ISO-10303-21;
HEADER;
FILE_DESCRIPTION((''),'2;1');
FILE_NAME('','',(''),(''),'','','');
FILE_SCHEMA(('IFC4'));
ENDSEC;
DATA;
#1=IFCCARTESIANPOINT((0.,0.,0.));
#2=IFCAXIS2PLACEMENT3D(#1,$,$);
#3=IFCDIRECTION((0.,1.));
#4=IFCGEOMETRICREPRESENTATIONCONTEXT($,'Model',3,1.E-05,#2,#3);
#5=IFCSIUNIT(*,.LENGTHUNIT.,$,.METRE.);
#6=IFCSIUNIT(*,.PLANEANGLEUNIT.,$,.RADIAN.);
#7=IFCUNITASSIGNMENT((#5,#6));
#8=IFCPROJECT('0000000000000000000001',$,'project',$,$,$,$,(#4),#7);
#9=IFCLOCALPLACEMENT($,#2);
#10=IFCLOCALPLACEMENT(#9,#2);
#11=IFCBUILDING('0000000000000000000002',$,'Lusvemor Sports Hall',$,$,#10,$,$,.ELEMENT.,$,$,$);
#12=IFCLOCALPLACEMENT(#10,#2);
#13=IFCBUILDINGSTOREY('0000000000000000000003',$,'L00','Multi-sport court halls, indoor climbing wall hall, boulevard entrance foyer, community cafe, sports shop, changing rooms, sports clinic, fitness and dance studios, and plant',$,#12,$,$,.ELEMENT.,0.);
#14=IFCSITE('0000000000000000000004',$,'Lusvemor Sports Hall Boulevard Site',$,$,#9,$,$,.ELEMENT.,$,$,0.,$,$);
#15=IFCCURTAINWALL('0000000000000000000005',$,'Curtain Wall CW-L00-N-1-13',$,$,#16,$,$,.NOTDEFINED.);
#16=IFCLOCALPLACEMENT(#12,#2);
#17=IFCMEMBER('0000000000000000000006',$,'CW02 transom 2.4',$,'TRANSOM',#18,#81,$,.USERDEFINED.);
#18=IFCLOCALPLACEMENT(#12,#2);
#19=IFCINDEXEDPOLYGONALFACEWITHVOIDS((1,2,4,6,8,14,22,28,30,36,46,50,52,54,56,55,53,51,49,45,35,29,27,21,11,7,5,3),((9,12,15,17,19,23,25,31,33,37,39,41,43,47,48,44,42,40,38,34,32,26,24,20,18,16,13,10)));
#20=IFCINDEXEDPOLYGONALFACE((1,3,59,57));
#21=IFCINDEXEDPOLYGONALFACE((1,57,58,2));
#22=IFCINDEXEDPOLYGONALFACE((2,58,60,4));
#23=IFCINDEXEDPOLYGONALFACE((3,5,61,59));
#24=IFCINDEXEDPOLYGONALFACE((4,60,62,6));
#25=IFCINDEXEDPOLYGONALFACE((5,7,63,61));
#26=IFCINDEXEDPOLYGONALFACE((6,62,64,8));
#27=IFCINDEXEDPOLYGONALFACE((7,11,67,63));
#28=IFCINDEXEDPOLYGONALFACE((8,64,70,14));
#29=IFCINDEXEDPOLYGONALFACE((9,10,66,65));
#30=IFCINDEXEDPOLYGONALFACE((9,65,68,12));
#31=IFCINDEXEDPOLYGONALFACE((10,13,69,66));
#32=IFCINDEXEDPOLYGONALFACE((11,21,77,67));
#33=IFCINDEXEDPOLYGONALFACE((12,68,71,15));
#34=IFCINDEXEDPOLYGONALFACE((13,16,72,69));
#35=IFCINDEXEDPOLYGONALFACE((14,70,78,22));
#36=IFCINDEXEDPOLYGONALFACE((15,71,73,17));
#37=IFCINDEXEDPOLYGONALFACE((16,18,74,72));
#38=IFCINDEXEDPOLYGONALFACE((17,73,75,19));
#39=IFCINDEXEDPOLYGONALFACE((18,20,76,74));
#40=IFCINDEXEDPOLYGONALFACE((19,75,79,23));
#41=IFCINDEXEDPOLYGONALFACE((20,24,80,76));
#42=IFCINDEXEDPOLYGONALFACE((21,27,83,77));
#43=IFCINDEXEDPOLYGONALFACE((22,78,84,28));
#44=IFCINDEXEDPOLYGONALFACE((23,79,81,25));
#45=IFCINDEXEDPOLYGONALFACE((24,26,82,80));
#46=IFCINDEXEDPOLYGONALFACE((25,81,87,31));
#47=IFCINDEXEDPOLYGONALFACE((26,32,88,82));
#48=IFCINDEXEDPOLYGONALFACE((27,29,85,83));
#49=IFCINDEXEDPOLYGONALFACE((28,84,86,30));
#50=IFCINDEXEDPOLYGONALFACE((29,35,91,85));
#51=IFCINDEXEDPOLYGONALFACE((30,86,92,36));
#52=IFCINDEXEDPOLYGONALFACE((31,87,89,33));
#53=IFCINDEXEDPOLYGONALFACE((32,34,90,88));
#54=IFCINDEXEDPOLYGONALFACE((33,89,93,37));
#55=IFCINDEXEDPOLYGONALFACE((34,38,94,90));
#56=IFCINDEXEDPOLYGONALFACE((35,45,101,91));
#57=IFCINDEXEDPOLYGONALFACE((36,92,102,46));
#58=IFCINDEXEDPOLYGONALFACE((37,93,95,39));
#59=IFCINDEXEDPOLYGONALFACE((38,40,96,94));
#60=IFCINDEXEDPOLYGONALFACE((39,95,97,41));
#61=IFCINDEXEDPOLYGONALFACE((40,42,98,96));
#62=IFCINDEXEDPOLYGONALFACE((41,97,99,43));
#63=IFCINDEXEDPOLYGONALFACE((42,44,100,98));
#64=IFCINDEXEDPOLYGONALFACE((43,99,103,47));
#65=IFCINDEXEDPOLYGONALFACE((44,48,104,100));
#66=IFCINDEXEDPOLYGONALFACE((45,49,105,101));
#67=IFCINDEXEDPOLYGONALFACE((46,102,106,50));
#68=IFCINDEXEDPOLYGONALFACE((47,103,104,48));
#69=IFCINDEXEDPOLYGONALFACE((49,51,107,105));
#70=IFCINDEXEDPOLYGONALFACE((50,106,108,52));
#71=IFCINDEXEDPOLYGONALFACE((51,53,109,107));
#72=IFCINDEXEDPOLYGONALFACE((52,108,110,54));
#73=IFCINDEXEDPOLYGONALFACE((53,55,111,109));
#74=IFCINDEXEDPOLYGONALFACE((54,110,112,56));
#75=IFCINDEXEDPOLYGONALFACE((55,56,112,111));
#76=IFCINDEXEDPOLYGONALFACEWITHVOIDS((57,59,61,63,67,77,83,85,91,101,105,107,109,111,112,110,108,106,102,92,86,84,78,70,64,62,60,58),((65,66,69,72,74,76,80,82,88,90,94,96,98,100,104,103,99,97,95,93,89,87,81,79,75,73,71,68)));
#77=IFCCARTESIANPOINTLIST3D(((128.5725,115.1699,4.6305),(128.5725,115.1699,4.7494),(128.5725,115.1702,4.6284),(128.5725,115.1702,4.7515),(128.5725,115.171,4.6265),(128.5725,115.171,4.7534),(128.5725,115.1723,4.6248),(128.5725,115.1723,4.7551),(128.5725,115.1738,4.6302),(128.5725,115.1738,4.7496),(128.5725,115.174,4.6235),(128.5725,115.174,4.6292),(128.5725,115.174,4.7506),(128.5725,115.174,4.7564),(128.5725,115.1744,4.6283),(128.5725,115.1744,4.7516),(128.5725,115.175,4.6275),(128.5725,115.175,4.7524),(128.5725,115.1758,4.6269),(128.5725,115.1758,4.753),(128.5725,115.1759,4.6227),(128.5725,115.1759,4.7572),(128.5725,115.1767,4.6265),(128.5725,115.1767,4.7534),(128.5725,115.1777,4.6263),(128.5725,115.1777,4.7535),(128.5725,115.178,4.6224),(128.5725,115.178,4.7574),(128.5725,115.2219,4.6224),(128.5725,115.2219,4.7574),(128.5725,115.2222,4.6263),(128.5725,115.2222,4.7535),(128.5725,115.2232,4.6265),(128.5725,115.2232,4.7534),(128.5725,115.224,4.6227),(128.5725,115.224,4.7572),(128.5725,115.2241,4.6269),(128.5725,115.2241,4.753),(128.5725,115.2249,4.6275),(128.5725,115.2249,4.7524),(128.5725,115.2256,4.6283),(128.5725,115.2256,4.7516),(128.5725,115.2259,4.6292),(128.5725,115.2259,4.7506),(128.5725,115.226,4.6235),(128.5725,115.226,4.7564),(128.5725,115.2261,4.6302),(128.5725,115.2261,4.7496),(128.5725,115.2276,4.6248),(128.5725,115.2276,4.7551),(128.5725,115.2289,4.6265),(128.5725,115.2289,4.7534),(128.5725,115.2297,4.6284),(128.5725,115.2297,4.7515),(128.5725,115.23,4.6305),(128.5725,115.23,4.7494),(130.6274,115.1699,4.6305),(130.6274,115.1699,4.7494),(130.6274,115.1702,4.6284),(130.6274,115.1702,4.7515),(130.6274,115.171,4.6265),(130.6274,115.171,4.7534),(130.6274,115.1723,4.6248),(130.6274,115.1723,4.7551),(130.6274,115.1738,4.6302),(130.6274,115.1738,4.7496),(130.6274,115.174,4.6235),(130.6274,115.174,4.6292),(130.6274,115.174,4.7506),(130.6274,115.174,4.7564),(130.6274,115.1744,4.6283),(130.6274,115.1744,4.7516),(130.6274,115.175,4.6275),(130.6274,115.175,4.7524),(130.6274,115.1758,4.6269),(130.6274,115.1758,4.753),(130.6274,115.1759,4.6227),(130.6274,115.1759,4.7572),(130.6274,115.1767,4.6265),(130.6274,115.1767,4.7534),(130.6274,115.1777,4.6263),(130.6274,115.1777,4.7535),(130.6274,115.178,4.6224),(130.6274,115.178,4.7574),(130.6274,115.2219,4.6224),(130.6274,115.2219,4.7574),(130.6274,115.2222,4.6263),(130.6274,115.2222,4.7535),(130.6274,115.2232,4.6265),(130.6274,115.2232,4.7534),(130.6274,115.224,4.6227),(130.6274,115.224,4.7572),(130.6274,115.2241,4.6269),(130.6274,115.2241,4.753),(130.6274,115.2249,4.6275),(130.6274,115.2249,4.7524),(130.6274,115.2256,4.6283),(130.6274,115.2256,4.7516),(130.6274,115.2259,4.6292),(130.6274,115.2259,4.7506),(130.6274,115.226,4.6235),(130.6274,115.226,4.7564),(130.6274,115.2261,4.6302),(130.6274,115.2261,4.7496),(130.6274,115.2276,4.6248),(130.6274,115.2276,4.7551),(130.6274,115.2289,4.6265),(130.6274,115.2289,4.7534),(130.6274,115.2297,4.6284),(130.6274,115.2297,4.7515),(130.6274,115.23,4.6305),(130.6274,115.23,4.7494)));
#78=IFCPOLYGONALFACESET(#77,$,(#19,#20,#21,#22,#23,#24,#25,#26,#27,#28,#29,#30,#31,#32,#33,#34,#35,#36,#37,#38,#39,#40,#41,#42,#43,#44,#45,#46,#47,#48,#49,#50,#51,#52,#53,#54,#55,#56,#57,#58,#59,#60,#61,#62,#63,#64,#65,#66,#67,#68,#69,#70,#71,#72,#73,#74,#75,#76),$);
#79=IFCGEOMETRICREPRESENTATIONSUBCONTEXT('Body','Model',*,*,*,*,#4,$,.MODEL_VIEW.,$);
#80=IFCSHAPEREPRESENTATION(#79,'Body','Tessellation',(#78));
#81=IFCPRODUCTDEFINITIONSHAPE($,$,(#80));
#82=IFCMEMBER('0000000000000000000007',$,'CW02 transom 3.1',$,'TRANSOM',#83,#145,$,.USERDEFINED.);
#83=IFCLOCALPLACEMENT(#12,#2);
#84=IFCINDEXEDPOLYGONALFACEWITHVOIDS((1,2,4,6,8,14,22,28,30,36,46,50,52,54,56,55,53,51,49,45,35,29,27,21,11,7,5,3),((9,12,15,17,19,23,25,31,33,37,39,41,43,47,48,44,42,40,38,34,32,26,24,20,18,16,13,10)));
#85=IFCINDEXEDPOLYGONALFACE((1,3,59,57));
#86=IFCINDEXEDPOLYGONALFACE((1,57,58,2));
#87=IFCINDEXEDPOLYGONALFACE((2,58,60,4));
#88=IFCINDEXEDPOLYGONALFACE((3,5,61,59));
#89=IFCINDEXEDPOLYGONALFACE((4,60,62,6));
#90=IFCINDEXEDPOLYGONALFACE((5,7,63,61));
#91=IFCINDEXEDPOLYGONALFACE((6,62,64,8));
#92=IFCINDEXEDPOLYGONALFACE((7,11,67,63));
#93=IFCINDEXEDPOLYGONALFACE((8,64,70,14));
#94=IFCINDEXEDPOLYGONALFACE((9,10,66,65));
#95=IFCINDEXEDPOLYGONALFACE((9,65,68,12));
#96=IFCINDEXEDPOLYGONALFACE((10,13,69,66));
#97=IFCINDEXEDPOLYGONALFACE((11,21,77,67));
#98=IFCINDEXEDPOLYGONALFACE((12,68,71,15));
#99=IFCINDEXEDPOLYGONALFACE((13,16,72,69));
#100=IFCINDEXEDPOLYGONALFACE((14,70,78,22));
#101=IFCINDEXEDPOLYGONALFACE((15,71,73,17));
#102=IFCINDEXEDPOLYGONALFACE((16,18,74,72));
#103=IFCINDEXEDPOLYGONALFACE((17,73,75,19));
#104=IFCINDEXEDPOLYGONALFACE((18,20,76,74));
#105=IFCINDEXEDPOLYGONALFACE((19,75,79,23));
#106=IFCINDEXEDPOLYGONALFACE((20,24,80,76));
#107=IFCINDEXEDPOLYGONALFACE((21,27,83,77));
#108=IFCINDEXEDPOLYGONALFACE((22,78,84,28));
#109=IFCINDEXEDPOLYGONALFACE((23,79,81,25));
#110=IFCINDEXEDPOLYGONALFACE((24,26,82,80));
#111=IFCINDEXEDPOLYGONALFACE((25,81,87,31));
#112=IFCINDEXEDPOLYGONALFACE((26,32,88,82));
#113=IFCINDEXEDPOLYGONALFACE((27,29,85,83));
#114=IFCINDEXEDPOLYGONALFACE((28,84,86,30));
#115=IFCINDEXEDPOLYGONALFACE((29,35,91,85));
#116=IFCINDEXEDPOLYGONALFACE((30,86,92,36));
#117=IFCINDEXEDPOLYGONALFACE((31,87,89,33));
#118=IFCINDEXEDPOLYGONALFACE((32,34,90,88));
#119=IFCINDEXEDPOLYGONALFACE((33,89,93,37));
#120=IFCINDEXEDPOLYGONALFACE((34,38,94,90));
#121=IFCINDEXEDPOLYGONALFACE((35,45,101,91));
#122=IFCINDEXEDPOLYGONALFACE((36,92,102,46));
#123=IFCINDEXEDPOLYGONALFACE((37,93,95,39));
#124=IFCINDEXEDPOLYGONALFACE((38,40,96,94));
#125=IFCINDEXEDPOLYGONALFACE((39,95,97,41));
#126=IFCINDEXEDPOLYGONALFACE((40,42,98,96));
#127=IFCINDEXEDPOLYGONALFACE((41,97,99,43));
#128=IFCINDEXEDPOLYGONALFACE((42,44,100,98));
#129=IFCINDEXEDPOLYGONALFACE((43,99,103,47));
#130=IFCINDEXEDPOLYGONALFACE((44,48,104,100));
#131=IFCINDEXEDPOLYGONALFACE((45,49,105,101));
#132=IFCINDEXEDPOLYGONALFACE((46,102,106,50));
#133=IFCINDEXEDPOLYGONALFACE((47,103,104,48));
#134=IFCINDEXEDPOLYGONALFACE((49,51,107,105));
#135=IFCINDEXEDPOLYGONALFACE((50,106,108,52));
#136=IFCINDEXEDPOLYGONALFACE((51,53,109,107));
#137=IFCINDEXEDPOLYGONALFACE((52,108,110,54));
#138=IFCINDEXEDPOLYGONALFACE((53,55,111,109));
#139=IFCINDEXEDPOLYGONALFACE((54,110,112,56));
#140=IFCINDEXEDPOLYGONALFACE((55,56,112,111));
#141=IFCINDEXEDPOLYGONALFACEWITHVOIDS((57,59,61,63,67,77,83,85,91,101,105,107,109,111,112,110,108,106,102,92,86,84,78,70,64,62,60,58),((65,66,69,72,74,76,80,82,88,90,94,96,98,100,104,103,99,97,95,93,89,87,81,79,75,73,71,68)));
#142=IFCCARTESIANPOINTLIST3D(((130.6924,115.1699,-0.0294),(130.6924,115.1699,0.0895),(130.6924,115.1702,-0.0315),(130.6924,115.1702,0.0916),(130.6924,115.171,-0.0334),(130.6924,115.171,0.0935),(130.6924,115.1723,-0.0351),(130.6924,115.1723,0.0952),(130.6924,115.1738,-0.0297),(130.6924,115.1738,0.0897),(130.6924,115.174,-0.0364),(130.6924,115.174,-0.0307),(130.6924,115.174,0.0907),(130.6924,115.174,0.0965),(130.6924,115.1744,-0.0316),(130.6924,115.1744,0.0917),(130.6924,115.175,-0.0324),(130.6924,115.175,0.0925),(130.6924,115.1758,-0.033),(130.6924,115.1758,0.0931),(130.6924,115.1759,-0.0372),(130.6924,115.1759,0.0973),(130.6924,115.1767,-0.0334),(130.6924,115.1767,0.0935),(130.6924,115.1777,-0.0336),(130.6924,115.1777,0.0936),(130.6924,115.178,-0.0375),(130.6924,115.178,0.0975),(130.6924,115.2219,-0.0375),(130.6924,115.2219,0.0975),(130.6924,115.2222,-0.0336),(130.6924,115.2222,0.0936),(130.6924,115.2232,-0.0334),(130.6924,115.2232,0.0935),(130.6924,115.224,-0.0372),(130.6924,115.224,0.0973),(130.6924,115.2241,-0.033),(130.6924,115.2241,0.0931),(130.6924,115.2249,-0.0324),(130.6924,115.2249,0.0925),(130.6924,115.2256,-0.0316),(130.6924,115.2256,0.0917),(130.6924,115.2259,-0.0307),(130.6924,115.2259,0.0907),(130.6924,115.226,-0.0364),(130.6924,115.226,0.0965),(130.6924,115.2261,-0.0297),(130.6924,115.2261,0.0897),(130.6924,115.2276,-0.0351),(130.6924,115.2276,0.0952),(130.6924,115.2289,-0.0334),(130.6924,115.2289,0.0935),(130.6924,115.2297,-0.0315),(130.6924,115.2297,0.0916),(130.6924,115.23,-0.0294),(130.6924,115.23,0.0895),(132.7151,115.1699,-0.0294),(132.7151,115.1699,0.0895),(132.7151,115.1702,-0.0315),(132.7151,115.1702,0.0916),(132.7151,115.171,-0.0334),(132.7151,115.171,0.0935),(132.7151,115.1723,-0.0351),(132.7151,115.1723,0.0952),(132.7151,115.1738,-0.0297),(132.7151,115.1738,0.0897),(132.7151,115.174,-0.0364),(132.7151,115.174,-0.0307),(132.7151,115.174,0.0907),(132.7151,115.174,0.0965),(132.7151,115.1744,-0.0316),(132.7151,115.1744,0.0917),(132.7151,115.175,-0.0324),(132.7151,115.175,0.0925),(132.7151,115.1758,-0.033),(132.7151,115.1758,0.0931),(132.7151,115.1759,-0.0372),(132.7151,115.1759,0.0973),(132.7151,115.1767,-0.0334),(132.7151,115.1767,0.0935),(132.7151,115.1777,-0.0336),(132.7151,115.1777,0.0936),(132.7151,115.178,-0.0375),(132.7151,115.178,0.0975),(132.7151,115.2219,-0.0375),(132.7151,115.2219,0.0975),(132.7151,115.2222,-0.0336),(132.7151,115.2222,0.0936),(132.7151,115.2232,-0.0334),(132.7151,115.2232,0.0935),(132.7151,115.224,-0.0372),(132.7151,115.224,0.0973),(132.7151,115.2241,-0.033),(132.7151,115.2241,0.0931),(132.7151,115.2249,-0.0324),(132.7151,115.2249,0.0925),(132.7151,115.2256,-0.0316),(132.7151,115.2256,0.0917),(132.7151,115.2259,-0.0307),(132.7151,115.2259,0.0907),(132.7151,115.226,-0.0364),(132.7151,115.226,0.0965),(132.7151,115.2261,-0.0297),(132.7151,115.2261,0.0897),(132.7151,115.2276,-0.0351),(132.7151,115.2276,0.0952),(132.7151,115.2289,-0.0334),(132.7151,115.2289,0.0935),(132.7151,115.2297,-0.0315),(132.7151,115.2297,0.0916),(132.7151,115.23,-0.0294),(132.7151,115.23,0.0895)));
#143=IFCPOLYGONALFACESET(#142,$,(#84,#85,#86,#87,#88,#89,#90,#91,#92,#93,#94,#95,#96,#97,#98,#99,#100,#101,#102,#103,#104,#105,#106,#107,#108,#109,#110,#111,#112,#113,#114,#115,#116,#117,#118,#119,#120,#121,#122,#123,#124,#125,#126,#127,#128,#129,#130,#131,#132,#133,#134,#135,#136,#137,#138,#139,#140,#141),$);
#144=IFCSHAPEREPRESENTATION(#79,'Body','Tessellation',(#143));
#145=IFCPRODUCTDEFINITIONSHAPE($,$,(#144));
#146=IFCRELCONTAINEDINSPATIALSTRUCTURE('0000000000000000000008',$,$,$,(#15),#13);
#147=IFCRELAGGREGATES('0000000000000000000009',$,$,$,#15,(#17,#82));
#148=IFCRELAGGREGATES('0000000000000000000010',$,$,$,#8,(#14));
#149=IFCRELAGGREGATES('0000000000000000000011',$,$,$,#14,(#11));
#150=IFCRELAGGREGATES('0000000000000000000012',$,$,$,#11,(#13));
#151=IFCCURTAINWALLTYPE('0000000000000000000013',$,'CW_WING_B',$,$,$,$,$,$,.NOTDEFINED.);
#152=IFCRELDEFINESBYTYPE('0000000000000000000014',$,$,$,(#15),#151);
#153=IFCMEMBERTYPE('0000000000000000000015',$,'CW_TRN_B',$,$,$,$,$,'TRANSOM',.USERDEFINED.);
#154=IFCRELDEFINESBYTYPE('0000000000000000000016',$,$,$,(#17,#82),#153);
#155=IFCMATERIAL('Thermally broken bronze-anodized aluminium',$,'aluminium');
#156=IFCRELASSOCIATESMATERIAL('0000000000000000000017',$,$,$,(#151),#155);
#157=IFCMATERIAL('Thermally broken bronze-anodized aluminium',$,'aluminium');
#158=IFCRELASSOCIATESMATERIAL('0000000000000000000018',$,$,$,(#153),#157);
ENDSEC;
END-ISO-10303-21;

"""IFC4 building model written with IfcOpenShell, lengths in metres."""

from ifc_helpers import new_model, si_unit, direction, frame, origin, origin_2d, place, context, subcontext, project, spatial, hollow_rectangle, extrude, material, material_profile, profile_set, type_object, element, aggregate, save


model = new_model("IFC4")

# Units and contexts
model_context = context("Model", 3, precision=1e-05, world=origin(), true_north=direction((0.0, 1.0)))
body_context = subcontext(model_context, "Body", "Model", "MODEL_VIEW")
ifc_project = project(units=[si_unit("LENGTHUNIT", "METRE"), si_unit("PLANEANGLEUNIT", "RADIAN")], contexts=[model_context])

# Site, building, storey
site_placement = place(None, origin())
site = spatial("IfcSite", under=ifc_project, at=site_placement, Name="Lusvemor Sports Hall Boulevard Site", CompositionType="ELEMENT", RefElevation=0.0)
building_placement = place(site_placement, origin())
building = spatial("IfcBuilding", under=site, at=building_placement, Name="Lusvemor Sports Hall", CompositionType="ELEMENT")
storey_placement = place(building_placement, origin())
storey = spatial("IfcBuildingStorey", under=building, at=storey_placement, Name="L00", Description="Multi-sport court halls, indoor climbing wall hall, boulevard entrance foyer, community cafe, sports shop, changing rooms, sports clinic, fitness and dance studios, and plant", CompositionType="ELEMENT", Elevation=0.0)

# Curtain wall, members
ifc_material_1 = material(Name="Thermally broken bronze-anodized aluminium", Category="aluminium")
curtain_wall_type = type_object("IfcCurtainWallType", Name="CW_WING_B", PredefinedType="NOTDEFINED", material=ifc_material_1)
curtain_wall_placement = place(storey_placement, origin())
curtain_wall = element("IfcCurtainWall", 1, at=curtain_wall_placement, inside=storey, type_object=curtain_wall_type, Name="Curtain Wall CW-L00-N-1-13", PredefinedType="NOTDEFINED")
ifc_material_2 = material(Name="Thermally broken bronze-anodized aluminium", Category="aluminium")
ifc_material_profile_1 = material_profile(ifc_material_2, hollow_rectangle(XDim=0.0601, YDim=0.135, WallThickness=0.0039, InnerFilletRadius=0.0039, OuterFilletRadius=0.0081, at=origin_2d()), Name="CWTRN135x60x4")
ifc_profile_set_1 = profile_set([ifc_material_profile_1], Name="Thermally broken bronze-anodized aluminium")
member_type_1 = type_object("IfcMemberType", Name="CW_TRN_B", ElementType="TRANSOM", PredefinedType="USERDEFINED", material=ifc_profile_set_1)
member_1_placement = place(storey_placement, frame((128.5725, 115.2, 4.6899), z_axis=(1.0, 0.0, 0.0), x_axis=(0.0, 1.0, 0.0)))
member_1 = element("IfcMember", 2, at=member_1_placement, type_object=member_type_1, Name="CW02 transom 2.4", ObjectType="TRANSOM", PredefinedType="USERDEFINED", context=body_context, shape_type="SweptSolid", body=[
    extrude(hollow_rectangle(XDim=0.0601, YDim=0.135, WallThickness=0.0039, InnerFilletRadius=0.0039, OuterFilletRadius=0.0081, at=origin_2d()), origin(), (0.0, 0.0, 1.0), 2.0549),
])
member_2_placement = place(storey_placement, frame((130.6924, 115.2, 0.03), z_axis=(1.0, 0.0, 0.0), x_axis=(0.0, 1.0, 0.0)))
member_2 = element("IfcMember", 3, at=member_2_placement, type_object=member_type_1, Name="CW02 transom 3.1", ObjectType="TRANSOM", PredefinedType="USERDEFINED", context=body_context, shape_type="SweptSolid", body=[
    extrude(hollow_rectangle(XDim=0.0601, YDim=0.135, WallThickness=0.0039, InnerFilletRadius=0.0039, OuterFilletRadius=0.0081, at=origin_2d()), origin(), (0.0, 0.0, 1.0), 2.0227),
])
aggregate(curtain_wall, [member_1, member_2])

save(model, "model.ifc")
